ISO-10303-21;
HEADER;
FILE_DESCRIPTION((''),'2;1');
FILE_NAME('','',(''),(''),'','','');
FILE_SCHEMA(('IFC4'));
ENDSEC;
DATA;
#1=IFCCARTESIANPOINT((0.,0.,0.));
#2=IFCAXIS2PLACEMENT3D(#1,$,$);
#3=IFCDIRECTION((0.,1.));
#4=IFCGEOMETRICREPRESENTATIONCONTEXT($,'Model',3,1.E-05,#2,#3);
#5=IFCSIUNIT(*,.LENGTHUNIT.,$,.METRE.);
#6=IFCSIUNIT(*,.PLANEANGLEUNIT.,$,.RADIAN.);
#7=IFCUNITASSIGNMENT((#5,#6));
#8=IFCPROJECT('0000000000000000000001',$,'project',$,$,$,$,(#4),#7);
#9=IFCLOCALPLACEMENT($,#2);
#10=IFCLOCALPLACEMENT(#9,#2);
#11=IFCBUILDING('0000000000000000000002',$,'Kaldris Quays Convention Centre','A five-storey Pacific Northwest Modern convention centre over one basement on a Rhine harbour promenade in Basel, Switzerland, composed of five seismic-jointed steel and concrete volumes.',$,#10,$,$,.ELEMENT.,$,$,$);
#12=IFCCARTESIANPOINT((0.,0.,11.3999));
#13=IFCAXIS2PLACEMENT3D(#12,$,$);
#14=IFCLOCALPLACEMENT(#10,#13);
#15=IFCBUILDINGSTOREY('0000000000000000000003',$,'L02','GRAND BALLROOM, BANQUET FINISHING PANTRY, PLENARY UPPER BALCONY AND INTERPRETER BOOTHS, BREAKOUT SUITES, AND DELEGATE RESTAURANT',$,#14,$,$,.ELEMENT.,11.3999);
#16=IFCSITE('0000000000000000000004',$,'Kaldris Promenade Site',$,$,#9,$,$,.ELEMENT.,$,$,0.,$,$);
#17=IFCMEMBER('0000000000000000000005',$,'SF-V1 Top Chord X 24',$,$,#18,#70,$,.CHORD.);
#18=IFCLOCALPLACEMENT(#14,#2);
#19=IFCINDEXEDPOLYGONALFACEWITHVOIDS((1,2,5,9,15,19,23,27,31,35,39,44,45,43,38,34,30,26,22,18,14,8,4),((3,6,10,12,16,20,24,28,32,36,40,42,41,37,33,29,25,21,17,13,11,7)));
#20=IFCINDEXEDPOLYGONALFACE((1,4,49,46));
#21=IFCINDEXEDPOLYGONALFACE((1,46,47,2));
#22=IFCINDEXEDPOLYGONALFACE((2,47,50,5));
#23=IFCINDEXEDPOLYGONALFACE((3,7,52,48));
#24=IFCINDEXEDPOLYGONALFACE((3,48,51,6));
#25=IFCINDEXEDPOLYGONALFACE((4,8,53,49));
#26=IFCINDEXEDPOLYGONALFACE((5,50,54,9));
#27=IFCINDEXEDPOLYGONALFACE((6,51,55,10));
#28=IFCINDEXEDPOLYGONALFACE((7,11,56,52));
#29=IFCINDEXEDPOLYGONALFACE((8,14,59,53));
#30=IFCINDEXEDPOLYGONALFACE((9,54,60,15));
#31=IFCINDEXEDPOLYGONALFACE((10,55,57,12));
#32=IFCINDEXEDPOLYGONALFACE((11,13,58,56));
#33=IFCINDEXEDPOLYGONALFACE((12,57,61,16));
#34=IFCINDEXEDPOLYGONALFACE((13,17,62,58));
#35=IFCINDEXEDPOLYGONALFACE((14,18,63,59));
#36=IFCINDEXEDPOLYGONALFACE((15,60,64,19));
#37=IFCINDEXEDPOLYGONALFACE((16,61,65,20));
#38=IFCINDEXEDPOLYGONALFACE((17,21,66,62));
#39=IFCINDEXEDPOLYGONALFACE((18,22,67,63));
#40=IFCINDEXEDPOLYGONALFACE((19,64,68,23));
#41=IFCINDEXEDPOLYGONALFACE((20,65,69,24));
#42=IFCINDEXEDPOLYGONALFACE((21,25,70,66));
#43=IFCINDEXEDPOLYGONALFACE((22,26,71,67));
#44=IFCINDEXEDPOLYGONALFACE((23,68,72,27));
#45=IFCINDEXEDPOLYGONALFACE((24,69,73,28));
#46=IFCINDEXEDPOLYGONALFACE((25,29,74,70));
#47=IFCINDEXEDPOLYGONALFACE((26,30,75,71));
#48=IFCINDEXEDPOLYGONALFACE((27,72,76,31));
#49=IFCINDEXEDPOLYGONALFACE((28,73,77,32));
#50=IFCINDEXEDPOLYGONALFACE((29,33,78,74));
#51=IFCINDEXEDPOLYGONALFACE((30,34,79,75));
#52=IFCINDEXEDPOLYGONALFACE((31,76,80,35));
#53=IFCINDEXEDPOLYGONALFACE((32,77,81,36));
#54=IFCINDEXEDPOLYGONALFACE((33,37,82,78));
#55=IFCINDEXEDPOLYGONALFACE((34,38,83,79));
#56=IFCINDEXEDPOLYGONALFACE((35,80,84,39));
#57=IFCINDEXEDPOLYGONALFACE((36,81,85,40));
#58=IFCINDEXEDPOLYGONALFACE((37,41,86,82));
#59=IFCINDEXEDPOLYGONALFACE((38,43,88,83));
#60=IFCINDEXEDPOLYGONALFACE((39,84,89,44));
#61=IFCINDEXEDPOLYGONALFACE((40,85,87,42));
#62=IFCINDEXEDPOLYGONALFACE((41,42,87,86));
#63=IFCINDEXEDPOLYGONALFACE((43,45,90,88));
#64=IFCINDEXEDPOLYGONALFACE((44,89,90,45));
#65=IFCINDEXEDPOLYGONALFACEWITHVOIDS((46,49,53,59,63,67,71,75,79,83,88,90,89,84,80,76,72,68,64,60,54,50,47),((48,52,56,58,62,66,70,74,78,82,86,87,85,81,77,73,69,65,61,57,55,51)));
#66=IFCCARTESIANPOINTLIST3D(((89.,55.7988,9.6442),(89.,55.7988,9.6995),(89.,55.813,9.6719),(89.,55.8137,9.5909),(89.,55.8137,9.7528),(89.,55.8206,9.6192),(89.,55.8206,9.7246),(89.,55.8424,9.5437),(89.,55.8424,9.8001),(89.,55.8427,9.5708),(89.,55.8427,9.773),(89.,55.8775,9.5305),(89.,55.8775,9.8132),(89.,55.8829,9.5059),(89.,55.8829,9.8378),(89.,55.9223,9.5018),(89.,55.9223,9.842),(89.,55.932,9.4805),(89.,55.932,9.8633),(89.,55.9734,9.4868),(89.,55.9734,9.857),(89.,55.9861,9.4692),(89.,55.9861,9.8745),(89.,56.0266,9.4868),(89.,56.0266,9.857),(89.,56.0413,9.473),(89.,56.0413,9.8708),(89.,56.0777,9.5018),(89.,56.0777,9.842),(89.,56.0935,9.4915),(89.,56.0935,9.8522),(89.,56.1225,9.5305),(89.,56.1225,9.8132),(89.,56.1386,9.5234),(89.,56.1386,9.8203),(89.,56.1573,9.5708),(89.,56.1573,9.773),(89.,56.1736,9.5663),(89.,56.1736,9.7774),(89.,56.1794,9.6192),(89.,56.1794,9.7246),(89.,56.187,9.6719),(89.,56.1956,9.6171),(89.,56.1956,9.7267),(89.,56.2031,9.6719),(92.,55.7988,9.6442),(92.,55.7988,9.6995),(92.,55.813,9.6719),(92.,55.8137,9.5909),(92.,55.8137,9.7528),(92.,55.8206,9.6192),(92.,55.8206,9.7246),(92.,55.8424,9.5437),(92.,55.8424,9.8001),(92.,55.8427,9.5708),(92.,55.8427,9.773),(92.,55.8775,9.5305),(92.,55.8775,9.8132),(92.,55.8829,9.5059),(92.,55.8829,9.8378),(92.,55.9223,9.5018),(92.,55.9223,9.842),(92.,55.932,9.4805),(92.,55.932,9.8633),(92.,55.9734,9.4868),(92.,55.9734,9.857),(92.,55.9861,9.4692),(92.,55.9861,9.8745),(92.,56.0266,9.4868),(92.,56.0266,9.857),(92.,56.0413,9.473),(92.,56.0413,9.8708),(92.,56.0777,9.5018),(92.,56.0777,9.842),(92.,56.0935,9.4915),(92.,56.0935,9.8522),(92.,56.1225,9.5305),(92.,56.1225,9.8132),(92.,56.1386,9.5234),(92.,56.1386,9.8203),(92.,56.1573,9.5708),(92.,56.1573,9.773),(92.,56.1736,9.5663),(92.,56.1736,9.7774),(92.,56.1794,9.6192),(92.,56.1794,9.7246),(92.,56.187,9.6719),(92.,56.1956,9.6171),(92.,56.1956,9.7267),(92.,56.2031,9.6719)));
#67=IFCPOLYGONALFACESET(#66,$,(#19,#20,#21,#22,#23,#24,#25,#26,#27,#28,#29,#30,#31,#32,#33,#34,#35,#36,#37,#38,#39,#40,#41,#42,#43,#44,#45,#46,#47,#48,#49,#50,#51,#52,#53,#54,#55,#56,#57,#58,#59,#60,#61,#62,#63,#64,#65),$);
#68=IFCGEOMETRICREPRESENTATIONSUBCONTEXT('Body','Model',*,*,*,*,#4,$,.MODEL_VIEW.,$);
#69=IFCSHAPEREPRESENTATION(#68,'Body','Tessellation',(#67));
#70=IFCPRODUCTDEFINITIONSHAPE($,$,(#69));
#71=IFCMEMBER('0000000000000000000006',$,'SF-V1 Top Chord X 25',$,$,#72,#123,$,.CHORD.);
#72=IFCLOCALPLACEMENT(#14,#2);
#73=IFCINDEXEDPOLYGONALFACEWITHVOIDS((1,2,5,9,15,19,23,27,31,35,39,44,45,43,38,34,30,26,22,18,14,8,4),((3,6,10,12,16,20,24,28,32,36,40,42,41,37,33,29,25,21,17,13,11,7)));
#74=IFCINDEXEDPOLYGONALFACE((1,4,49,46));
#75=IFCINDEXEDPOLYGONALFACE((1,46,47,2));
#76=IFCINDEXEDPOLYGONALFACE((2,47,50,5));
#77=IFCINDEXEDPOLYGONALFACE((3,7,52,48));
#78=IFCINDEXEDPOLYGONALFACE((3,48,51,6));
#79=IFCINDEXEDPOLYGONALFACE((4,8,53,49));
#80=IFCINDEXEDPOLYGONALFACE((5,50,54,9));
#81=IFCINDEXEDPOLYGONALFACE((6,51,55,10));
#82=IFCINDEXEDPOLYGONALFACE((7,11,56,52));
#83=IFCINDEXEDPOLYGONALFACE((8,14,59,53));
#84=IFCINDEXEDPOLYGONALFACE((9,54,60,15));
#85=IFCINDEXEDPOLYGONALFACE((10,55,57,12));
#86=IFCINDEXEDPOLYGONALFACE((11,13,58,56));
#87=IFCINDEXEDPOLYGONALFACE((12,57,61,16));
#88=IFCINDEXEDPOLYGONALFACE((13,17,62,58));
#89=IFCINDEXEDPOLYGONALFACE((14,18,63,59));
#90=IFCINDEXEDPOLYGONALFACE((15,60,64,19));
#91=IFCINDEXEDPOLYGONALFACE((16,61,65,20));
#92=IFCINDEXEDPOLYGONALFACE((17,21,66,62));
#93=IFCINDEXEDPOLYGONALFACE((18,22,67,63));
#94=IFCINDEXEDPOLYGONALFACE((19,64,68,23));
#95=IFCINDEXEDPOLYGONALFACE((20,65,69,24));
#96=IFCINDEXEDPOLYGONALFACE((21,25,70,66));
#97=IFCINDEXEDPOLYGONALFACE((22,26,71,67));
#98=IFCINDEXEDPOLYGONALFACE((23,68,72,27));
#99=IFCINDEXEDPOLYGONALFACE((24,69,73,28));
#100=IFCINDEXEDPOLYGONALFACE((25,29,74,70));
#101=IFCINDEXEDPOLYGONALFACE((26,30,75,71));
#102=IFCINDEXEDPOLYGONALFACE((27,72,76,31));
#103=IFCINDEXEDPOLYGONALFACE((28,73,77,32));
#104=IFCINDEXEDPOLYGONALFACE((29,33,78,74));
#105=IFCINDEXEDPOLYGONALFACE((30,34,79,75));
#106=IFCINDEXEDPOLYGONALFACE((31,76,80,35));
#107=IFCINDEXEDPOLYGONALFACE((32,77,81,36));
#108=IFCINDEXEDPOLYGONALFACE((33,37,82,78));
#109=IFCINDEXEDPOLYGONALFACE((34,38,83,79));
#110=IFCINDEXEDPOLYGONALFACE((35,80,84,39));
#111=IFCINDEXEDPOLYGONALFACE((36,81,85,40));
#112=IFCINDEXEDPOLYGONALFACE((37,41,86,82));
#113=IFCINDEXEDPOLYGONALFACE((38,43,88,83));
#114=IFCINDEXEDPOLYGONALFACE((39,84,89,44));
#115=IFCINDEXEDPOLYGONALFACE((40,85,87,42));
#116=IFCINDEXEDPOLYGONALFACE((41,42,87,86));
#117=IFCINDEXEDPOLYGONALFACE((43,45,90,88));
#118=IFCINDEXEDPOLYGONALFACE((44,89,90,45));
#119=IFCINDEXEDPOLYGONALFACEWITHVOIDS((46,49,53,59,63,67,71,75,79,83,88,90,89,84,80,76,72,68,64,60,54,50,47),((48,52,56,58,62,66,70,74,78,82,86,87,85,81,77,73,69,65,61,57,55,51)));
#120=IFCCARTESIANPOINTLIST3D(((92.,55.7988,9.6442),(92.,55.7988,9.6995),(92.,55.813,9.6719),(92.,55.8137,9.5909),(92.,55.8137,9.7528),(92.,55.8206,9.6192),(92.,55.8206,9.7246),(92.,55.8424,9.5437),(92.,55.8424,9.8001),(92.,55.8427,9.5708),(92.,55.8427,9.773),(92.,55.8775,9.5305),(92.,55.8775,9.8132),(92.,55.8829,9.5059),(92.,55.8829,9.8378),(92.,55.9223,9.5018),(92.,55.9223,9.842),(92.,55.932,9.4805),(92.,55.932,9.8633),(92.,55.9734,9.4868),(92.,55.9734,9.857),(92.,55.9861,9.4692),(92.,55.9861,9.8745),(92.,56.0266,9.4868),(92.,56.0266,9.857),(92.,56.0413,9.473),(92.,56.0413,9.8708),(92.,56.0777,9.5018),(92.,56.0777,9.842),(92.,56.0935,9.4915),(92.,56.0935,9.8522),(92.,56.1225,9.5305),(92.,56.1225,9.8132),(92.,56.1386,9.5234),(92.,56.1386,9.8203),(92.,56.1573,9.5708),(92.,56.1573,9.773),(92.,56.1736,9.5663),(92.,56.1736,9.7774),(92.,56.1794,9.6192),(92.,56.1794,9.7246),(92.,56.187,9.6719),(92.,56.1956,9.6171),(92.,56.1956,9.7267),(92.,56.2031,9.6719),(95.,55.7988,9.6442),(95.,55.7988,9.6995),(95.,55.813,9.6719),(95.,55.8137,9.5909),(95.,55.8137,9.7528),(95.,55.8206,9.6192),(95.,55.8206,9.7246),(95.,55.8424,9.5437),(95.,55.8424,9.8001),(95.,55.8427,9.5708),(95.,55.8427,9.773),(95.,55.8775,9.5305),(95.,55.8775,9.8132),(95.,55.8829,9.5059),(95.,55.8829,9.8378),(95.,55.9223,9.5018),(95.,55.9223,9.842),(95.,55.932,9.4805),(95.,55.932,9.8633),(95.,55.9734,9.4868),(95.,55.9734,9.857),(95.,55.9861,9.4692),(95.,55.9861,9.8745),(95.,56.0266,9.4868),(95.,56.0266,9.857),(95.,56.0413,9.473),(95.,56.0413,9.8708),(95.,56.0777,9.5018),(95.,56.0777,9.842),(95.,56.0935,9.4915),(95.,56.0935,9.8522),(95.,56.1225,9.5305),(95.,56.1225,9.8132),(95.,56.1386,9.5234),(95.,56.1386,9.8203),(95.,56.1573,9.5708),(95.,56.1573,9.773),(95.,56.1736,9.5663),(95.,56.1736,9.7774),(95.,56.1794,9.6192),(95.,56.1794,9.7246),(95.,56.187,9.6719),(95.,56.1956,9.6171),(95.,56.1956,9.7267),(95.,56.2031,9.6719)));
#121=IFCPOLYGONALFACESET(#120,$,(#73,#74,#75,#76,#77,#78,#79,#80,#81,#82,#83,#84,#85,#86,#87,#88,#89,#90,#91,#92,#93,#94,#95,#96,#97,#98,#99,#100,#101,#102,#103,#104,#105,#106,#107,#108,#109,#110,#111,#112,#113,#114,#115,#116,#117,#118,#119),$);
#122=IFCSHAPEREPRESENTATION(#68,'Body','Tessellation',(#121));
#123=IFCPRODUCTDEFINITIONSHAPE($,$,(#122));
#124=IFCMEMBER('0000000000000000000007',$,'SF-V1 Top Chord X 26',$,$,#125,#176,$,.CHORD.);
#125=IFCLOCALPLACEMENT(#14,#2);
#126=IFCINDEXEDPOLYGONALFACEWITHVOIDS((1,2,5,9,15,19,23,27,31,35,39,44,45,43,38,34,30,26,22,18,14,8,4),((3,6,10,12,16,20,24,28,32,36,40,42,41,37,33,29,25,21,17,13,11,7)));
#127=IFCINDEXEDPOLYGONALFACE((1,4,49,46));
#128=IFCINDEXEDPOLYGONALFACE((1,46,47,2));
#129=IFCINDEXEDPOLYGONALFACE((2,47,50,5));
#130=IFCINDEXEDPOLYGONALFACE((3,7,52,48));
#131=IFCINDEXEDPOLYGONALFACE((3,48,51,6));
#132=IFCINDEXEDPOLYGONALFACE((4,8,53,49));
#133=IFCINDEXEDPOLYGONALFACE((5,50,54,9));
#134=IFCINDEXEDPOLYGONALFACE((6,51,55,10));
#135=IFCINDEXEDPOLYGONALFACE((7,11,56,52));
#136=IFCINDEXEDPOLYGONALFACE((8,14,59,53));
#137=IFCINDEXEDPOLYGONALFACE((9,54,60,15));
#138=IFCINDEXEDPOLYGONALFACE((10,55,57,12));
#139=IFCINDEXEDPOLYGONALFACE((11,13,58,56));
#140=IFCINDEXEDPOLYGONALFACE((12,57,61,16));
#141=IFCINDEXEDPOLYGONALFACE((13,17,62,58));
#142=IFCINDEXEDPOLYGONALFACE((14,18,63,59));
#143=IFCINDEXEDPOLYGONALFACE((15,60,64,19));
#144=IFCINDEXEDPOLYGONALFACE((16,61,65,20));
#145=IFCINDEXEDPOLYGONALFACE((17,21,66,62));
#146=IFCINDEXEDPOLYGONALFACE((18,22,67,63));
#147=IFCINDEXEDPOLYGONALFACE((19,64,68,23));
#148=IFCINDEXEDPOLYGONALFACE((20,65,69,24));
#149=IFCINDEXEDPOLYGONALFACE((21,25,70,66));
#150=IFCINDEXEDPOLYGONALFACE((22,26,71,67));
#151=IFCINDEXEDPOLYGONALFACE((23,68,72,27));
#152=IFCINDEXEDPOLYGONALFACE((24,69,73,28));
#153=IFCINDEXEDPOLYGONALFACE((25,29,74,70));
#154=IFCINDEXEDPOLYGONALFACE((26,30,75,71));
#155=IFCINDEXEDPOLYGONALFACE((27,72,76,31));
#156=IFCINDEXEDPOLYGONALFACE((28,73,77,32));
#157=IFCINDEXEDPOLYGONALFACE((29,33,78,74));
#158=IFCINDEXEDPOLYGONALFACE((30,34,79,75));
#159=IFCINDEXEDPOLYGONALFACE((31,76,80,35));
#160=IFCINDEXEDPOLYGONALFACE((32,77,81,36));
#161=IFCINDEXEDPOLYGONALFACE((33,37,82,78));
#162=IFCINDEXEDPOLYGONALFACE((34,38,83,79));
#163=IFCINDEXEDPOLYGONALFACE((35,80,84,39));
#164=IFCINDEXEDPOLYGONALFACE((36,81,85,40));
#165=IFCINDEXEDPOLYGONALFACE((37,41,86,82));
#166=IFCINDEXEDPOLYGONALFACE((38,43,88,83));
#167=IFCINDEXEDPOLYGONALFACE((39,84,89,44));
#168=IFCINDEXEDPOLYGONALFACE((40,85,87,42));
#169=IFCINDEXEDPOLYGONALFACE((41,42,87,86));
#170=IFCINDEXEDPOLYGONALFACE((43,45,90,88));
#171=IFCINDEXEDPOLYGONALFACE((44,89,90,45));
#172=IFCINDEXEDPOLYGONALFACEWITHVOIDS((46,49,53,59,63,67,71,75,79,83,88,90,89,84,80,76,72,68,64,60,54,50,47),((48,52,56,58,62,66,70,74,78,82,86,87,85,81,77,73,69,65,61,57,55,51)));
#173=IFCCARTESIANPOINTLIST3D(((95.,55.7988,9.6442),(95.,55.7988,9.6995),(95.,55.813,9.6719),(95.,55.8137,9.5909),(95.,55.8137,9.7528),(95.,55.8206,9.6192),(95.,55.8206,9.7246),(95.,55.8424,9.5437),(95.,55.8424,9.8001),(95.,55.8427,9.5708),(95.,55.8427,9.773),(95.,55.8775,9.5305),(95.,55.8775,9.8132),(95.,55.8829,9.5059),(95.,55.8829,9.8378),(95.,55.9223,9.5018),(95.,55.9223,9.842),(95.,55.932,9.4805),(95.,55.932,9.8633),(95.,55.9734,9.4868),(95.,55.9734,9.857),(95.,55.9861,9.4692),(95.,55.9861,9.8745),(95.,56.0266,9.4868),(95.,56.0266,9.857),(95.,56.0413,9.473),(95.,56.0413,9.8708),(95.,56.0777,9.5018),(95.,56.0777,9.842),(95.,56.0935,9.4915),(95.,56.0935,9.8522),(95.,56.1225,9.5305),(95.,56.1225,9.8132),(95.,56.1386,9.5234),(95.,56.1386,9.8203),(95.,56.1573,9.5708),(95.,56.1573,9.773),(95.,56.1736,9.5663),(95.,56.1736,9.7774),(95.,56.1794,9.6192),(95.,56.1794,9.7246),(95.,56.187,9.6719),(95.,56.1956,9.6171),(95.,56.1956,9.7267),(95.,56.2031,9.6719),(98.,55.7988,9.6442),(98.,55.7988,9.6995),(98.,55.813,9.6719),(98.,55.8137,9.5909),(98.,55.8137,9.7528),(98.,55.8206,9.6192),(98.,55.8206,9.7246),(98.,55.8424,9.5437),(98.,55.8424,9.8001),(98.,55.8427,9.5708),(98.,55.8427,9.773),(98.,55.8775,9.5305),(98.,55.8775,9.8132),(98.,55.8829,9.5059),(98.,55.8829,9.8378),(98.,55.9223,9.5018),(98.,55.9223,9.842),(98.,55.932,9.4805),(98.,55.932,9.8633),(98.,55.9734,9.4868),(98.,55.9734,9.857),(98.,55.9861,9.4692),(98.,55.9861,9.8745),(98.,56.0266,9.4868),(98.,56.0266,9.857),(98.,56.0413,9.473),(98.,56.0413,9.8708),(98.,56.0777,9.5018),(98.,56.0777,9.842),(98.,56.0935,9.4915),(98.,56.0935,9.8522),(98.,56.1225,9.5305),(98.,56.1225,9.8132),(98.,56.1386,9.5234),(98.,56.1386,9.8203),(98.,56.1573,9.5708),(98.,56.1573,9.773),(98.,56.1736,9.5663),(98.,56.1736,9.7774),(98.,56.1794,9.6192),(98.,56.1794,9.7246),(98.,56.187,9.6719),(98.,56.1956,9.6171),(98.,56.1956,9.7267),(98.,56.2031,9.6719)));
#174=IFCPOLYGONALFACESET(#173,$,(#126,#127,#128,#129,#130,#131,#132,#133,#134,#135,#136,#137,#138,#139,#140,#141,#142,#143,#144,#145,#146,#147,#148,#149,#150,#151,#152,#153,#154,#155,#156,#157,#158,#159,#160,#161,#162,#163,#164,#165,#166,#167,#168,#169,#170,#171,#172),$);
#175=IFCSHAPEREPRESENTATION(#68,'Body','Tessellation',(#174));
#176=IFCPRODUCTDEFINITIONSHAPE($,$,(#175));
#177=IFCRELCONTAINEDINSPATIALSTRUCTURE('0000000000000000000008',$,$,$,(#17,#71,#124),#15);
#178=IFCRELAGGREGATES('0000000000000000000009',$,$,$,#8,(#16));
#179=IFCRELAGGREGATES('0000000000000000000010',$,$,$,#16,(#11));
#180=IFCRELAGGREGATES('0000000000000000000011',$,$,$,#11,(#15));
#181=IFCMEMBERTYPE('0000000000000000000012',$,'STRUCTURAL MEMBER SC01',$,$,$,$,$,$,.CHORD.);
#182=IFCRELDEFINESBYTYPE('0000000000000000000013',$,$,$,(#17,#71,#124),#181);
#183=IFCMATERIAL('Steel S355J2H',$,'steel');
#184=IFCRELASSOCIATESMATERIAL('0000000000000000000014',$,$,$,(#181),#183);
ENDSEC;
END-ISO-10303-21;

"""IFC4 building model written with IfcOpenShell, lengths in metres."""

from ifc_helpers import new_model, si_unit, direction, frame, origin, origin_2d, place, context, subcontext, project, spatial, hollow_circle, extrude, material, material_profile, profile_set, type_object, element, save


model = new_model("IFC4")

# Units and contexts
model_context = context("Model", 3, precision=1e-05, world=origin(), true_north=direction((0.0, 1.0)))
body_context = subcontext(model_context, "Body", "Model", "MODEL_VIEW")
ifc_project = project(units=[si_unit("LENGTHUNIT", "METRE"), si_unit("PLANEANGLEUNIT", "RADIAN")], contexts=[model_context])

# Site, building, storey
site_placement = place(None, origin())
site = spatial("IfcSite", under=ifc_project, at=site_placement, Name="Kaldris Promenade Site", CompositionType="ELEMENT", RefElevation=0.0)
building_placement = place(site_placement, origin())
building = spatial("IfcBuilding", under=site, at=building_placement, Name="Kaldris Quays Convention Centre", Description="A five-storey Pacific Northwest Modern convention centre over one basement on a Rhine harbour promenade in Basel, Switzerland, composed of five seismic-jointed steel and concrete volumes.", CompositionType="ELEMENT")
storey_placement = place(building_placement, frame((0.0, 0.0, 11.3999)))
storey = spatial("IfcBuildingStorey", under=building, at=storey_placement, Name="L02", Description="GRAND BALLROOM, BANQUET FINISHING PANTRY, PLENARY UPPER BALCONY AND INTERPRETER BOOTHS, BREAKOUT SUITES, AND DELEGATE RESTAURANT", CompositionType="ELEMENT", Elevation=11.3999)

# Members
ifc_material_1 = material(Name="Steel S355J2H", Category="steel")
ifc_material_profile_1 = material_profile(ifc_material_1, hollow_circle(Radius=0.2031, WallThickness=0.0161, at=origin_2d()), Name="CHS 406.4x16")
ifc_profile_set_1 = profile_set([ifc_material_profile_1], Name="Steel S355J2H")
member_type_1 = type_object("IfcMemberType", Name="STRUCTURAL MEMBER SC01", PredefinedType="CHORD", material=ifc_profile_set_1)
for number, where, z_axis, x_axis, name in (
    (1, (89.0, 56.0, 9.6719), (1.0, 0.0, 0.0), (0.0, 1.0, 0.0), "SF-V1 Top Chord X 24"),
    (2, (92.0, 56.0, 9.6719), (1.0, 0.0, 0.0), (0.0, 1.0, 0.0), "SF-V1 Top Chord X 25"),
    (3, (95.0, 56.0, 9.6719), (1.0, 0.0, 0.0), (0.0, 1.0, 0.0), "SF-V1 Top Chord X 26"),
):
    element("IfcMember", number, at=place(storey_placement, frame(where, z_axis=z_axis, x_axis=x_axis)), inside=storey, type_object=member_type_1, Name=name, PredefinedType="CHORD", context=body_context, shape_type="SweptSolid", body=[
        extrude(hollow_circle(Radius=0.2031, WallThickness=0.0161, at=origin_2d()), origin(), (0.0, 0.0, 1.0), 3.0),
    ])

save(model, "model.ifc")
